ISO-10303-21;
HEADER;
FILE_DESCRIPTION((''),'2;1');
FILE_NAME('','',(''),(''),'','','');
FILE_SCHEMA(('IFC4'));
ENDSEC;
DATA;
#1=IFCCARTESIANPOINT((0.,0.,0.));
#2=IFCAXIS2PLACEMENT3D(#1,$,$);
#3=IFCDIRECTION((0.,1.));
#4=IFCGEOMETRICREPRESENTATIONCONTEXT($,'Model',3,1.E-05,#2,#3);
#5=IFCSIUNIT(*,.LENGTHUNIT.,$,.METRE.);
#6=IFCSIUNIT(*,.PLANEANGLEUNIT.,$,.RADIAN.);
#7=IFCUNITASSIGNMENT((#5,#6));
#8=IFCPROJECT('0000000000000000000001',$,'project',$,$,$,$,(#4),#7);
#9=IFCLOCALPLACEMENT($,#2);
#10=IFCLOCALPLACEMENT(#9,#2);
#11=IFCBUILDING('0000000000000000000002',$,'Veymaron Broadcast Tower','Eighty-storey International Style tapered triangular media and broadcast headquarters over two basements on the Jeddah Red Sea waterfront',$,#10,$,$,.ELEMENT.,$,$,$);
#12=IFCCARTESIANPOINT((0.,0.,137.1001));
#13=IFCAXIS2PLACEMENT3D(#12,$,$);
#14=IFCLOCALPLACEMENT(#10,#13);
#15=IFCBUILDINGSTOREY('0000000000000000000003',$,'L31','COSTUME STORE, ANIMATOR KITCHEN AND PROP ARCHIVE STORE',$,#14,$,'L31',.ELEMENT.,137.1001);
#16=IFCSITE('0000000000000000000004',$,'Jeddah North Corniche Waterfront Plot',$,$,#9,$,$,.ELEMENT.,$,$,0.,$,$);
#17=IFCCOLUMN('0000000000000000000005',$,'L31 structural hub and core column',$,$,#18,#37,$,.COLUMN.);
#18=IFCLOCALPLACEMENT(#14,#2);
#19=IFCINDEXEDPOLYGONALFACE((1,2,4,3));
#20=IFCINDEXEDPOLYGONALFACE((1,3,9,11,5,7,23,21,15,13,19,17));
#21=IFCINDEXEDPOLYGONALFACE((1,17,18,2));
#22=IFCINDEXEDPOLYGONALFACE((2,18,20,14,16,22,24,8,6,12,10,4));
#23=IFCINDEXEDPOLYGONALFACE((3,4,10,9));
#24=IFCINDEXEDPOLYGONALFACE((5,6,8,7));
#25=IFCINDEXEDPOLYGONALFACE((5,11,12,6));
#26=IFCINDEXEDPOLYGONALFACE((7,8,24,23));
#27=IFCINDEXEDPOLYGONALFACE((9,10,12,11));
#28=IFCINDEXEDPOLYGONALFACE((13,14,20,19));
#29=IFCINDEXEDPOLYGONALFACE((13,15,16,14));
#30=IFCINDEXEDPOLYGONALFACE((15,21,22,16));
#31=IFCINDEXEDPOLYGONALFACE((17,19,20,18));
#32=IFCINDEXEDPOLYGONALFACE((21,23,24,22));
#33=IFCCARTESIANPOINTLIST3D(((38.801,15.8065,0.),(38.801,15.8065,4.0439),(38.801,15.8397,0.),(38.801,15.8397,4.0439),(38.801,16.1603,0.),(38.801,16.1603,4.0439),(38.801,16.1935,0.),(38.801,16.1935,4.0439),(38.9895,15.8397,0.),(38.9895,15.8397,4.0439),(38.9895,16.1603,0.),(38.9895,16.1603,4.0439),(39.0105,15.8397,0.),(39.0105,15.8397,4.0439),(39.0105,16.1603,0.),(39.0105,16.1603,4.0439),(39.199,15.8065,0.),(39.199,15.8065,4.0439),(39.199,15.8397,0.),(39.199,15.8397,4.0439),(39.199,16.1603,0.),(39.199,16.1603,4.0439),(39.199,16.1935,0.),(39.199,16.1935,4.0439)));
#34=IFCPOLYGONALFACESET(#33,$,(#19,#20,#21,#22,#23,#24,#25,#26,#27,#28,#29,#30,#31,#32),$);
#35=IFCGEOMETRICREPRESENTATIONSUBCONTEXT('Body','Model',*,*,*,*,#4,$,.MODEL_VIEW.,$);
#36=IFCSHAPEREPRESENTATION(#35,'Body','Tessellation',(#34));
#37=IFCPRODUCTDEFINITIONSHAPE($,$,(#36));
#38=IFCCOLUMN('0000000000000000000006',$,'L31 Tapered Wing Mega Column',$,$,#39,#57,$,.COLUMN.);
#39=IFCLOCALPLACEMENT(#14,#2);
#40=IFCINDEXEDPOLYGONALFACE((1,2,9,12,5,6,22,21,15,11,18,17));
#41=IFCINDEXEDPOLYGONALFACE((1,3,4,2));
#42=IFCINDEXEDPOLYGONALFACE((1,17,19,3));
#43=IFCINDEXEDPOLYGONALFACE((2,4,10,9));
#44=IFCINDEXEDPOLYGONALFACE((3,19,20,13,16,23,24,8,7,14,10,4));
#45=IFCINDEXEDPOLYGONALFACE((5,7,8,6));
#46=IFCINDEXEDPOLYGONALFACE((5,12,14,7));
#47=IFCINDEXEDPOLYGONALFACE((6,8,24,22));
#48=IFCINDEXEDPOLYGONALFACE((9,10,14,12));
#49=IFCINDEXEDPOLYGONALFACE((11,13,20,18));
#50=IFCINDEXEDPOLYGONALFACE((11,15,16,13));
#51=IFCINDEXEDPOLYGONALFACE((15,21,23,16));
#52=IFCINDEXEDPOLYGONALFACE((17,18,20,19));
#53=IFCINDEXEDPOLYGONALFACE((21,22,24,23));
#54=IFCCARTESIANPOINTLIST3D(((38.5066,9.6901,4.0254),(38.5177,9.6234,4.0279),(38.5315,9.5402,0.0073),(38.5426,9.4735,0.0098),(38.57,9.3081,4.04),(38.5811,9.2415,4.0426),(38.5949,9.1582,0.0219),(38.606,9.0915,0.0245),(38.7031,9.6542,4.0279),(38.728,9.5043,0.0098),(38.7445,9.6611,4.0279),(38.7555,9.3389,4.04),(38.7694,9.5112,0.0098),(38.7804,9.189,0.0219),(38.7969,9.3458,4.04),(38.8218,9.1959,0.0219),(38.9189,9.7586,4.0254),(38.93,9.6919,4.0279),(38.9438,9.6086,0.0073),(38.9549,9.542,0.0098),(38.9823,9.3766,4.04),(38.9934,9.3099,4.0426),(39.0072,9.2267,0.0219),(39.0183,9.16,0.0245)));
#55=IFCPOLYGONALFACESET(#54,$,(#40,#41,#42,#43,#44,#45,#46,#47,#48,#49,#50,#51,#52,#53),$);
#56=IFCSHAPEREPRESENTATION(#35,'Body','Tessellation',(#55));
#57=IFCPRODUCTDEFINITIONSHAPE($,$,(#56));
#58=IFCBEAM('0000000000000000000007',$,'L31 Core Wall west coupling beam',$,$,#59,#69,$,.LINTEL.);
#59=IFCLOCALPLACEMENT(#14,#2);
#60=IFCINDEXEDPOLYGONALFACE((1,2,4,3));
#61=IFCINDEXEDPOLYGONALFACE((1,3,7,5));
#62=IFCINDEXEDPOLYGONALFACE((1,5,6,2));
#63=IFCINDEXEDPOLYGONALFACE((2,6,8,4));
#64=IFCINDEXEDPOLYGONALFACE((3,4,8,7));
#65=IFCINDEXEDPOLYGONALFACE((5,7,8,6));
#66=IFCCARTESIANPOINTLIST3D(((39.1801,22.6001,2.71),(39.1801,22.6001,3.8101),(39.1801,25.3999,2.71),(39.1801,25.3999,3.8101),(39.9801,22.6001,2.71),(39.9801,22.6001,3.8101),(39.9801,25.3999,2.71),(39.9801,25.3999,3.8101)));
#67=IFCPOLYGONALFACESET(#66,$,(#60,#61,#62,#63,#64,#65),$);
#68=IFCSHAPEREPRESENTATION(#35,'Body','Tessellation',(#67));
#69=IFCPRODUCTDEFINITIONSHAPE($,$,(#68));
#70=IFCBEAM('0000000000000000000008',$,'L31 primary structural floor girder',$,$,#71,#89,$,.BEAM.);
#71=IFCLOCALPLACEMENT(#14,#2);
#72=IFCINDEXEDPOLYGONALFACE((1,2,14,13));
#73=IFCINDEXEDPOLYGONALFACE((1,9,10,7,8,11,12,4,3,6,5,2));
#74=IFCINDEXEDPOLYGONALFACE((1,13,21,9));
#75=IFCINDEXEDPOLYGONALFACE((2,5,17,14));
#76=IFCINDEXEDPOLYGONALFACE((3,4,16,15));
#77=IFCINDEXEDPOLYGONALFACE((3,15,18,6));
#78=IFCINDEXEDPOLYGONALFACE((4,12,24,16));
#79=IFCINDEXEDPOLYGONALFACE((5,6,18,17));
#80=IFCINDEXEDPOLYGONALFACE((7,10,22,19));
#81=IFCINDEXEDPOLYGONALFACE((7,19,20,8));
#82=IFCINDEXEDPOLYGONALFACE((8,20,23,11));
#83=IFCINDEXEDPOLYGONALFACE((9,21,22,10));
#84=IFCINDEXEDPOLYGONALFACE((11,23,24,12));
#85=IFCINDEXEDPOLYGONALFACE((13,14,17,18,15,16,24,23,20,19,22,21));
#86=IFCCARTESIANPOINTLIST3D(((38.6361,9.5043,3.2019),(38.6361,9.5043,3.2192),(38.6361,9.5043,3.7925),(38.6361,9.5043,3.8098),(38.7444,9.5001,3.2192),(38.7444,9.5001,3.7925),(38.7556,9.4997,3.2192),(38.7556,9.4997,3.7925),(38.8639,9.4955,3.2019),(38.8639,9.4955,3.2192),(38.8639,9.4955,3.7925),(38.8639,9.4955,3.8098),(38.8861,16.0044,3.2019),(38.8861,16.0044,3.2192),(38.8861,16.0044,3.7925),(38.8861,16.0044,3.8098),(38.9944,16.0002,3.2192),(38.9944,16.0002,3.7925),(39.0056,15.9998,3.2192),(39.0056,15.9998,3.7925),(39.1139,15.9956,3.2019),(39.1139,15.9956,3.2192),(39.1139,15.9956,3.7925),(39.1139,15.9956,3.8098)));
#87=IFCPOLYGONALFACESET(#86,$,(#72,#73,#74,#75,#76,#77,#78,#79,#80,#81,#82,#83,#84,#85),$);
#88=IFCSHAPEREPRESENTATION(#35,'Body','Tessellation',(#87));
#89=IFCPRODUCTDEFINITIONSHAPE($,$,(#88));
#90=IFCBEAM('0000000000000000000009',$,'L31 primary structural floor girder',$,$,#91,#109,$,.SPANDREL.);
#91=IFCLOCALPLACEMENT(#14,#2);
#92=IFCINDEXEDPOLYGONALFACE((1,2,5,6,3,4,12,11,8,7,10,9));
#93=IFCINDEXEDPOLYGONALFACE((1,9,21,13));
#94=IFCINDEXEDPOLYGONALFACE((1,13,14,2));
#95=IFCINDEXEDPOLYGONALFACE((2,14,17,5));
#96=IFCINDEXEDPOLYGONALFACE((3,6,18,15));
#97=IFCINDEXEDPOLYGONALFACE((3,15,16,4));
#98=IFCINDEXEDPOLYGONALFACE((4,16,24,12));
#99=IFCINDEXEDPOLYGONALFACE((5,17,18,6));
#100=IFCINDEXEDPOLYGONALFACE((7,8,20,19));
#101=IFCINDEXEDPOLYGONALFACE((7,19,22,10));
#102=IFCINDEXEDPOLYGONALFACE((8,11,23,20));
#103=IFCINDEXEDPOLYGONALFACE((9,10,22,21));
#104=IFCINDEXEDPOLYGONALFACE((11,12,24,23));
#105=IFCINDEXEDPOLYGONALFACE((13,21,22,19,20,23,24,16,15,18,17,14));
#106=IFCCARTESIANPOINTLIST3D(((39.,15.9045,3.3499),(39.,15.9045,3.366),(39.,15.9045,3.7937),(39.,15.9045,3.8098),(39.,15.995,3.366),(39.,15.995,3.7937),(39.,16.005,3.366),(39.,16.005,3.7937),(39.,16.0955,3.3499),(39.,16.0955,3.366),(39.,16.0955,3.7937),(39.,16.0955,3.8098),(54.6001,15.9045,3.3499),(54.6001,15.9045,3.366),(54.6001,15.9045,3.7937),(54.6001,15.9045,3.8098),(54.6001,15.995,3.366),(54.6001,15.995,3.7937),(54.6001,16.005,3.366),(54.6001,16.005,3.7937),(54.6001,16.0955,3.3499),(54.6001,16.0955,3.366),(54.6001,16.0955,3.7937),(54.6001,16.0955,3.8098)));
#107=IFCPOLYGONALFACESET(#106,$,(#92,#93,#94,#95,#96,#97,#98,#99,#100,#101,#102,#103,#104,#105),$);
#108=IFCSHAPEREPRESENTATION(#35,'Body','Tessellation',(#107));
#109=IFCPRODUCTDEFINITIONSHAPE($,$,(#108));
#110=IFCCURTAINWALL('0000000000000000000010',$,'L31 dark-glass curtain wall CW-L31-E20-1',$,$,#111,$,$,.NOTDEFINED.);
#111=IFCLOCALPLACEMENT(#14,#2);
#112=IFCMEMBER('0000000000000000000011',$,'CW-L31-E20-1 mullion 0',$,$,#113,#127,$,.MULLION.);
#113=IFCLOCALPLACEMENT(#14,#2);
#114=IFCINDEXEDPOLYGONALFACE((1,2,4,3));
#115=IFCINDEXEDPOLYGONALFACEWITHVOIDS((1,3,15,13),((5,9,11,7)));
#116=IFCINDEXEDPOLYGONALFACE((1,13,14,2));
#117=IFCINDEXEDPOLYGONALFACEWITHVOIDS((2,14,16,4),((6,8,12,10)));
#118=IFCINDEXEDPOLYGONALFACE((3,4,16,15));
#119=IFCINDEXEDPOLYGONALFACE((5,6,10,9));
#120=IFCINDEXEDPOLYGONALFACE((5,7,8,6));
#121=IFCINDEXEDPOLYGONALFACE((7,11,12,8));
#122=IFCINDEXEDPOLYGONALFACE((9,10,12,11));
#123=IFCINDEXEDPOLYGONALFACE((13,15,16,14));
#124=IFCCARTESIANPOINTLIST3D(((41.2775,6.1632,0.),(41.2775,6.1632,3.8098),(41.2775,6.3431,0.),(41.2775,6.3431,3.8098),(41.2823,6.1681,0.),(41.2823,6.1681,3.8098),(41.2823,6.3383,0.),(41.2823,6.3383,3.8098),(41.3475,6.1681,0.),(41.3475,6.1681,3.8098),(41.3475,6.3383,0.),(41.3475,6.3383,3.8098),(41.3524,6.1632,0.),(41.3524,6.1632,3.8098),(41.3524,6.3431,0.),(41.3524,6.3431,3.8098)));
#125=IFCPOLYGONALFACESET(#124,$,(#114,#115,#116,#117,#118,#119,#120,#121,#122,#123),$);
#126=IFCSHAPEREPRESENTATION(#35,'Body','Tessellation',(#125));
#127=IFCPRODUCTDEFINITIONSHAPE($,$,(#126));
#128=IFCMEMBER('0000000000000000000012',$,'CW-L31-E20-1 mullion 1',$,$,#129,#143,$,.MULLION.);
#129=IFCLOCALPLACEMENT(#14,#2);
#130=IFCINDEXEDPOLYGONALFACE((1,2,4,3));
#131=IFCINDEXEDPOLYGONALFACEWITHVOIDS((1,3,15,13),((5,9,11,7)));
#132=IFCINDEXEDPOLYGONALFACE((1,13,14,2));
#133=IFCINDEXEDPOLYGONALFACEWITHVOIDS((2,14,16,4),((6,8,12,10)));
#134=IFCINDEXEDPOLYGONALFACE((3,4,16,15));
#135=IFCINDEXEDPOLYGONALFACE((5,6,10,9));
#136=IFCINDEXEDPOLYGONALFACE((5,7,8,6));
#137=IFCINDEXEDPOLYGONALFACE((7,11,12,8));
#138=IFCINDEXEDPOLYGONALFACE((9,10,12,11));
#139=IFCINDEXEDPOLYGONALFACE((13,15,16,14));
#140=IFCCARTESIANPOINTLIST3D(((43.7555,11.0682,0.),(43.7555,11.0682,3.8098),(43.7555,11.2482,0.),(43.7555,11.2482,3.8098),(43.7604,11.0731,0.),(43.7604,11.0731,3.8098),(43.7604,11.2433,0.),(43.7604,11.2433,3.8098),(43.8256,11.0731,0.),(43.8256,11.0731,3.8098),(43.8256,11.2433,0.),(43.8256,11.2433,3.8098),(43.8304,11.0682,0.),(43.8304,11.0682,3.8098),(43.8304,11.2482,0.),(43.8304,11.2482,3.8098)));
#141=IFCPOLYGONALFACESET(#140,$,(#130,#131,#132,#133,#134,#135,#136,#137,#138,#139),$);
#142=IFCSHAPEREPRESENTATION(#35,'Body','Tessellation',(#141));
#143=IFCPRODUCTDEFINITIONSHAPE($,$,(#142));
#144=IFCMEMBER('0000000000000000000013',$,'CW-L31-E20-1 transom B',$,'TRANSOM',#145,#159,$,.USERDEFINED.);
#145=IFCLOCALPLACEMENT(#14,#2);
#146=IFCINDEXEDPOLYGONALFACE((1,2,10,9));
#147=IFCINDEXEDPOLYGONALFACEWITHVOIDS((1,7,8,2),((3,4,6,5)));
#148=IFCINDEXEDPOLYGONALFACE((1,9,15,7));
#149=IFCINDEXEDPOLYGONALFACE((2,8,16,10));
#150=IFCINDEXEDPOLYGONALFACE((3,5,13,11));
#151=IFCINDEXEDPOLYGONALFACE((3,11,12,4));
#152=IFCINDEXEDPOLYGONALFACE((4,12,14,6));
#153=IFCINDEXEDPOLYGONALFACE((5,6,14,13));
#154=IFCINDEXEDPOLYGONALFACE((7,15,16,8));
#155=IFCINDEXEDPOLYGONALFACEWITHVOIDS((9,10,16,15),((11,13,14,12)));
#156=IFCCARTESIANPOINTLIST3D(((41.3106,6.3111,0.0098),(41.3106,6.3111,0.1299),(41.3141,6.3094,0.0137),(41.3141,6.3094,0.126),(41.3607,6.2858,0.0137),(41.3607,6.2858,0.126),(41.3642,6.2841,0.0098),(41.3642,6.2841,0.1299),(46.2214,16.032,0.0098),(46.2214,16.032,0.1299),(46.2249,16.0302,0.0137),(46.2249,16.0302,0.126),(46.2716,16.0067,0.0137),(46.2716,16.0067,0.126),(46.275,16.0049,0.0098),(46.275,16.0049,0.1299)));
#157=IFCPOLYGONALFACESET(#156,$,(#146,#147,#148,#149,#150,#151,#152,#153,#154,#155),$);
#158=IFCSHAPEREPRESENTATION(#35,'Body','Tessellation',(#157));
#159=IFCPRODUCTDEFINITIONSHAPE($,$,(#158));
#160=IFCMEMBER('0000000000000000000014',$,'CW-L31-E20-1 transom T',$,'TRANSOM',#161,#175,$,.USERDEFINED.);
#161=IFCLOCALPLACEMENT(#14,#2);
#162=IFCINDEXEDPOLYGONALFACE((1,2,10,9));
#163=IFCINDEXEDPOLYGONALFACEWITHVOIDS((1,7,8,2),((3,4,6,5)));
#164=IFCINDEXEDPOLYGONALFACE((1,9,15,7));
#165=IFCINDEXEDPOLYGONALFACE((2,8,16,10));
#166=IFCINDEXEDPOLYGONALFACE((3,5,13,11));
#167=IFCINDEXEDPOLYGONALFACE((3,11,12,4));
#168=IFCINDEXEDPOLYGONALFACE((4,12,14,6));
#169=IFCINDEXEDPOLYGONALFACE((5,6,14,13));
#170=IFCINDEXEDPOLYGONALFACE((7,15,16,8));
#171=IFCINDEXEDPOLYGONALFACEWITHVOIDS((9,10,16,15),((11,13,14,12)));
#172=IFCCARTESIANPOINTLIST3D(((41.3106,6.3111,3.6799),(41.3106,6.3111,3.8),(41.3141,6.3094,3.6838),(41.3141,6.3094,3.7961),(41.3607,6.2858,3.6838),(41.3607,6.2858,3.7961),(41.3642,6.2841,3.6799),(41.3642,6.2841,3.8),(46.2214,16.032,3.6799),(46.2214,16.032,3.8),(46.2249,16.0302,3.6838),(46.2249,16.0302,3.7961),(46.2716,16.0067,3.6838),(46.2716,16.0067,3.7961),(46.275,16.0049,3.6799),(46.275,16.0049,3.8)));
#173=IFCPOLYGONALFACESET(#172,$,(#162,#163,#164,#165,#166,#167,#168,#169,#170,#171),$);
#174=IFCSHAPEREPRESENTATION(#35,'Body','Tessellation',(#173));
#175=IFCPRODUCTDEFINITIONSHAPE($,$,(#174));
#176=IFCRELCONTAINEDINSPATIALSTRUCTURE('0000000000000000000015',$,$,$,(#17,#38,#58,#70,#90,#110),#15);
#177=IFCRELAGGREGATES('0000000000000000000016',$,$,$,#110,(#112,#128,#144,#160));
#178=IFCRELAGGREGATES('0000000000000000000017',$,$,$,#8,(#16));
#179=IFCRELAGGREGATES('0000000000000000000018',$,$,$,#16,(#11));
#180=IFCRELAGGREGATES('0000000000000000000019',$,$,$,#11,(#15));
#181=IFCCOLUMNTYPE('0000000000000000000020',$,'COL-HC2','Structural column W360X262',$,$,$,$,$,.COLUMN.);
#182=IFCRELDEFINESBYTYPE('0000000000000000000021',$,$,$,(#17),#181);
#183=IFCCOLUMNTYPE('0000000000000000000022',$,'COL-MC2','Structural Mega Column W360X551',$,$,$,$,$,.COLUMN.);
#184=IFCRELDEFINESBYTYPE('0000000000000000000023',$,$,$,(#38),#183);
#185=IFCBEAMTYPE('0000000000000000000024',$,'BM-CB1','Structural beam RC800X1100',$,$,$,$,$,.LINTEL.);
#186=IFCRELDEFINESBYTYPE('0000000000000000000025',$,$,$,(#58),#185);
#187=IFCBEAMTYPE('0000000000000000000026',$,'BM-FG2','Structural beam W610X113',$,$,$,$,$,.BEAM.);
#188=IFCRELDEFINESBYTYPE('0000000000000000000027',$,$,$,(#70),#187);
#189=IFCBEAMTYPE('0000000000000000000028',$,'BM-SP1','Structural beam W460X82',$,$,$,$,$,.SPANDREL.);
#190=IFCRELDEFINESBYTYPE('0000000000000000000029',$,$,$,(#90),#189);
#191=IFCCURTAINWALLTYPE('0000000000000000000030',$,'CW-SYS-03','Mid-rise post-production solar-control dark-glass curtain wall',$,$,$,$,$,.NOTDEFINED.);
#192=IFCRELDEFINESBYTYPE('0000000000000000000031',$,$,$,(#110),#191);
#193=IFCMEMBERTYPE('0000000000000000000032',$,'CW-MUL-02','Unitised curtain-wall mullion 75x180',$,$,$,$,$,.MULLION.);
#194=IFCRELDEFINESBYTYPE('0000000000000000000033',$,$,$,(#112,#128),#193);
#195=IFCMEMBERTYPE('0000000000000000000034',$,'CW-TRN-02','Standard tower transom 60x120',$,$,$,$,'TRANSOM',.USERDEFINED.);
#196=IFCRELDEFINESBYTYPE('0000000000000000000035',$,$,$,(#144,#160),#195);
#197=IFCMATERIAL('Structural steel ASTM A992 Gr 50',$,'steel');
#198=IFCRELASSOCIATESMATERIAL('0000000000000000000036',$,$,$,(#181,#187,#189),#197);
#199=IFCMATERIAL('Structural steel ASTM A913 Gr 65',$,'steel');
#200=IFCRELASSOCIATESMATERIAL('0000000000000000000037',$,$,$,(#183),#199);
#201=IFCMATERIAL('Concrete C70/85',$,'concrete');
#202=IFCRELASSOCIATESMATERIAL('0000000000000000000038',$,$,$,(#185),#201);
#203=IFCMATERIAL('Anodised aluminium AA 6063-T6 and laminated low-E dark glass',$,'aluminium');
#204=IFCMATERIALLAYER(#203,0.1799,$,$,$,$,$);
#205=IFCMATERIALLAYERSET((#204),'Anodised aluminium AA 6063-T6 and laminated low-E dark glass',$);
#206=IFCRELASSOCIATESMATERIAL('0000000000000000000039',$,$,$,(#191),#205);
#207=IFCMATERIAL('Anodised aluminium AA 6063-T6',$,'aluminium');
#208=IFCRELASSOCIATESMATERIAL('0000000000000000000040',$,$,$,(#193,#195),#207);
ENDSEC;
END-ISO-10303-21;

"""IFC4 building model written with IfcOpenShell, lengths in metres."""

from ifc_helpers import new_model, si_unit, direction, frame, origin, origin_2d, place, context, subcontext, project, spatial, rectangle, hollow_rectangle, i_section, extrude, material, layer, layer_set, material_profile, profile_set, type_object, element, aggregate, save


model = new_model("IFC4")

# Units and contexts
model_context = context("Model", 3, precision=1e-05, world=origin(), true_north=direction((0.0, 1.0)))
body_context = subcontext(model_context, "Body", "Model", "MODEL_VIEW")
ifc_project = project(units=[si_unit("LENGTHUNIT", "METRE"), si_unit("PLANEANGLEUNIT", "RADIAN")], contexts=[model_context])

# Site, building, storey
site_placement = place(None, origin())
site = spatial("IfcSite", under=ifc_project, at=site_placement, Name="Jeddah North Corniche Waterfront Plot", CompositionType="ELEMENT", RefElevation=0.0)
building_placement = place(site_placement, origin())
building = spatial("IfcBuilding", under=site, at=building_placement, Name="Veymaron Broadcast Tower", Description="Eighty-storey International Style tapered triangular media and broadcast headquarters over two basements on the Jeddah Red Sea waterfront", CompositionType="ELEMENT")
storey_placement = place(building_placement, frame((0.0, 0.0, 137.1001)))
storey = spatial("IfcBuildingStorey", under=building, at=storey_placement, Name="L31", Description="COSTUME STORE, ANIMATOR KITCHEN AND PROP ARCHIVE STORE", LongName="L31", CompositionType="ELEMENT", Elevation=137.1001)

# Columns
ifc_material_1 = material(Name="Structural steel ASTM A992 Gr 50", Category="steel")
ifc_material_profile_1 = material_profile(ifc_material_1, i_section(OverallWidth=0.3979, OverallDepth=0.387, WebThickness=0.021, FlangeThickness=0.0332, at=origin_2d()), Name="W360X262")
ifc_profile_set_1 = profile_set([ifc_material_profile_1], Name="Structural steel ASTM A992 Gr 50")
column_type_1 = type_object("IfcColumnType", Name="COL-HC2", Description="Structural column W360X262", PredefinedType="COLUMN", material=ifc_profile_set_1)
column_1_placement = place(storey_placement, frame((39.0, 16.0, 0.0), z_axis=(0.0, 0.0, 1.0), x_axis=(1.0, 0.0, 0.0)))
element("IfcColumn", 1, at=column_1_placement, inside=storey, type_object=column_type_1, Name="L31 structural hub and core column", PredefinedType="COLUMN", context=body_context, shape_type="SweptSolid", body=[
    extrude(i_section(OverallWidth=0.3979, OverallDepth=0.387, WebThickness=0.021, FlangeThickness=0.0332, at=origin_2d()), origin(), (0.0, 0.0, 1.0), 4.0439),
])
ifc_material_2 = material(Name="Structural steel ASTM A913 Gr 65", Category="steel")
ifc_material_profile_2 = material_profile(ifc_material_2, i_section(OverallWidth=0.418, OverallDepth=0.4551, WebThickness=0.042, FlangeThickness=0.0676, at=origin_2d()), Name="W360X551")
ifc_profile_set_2 = profile_set([ifc_material_profile_2], Name="Structural steel ASTM A913 Gr 65")
column_type_2 = type_object("IfcColumnType", Name="COL-MC2", Description="Structural Mega Column W360X551", PredefinedType="COLUMN", material=ifc_profile_set_2)
column_2_placement = place(storey_placement, frame((38.7749, 9.3501, 0.0159), z_axis=(-0.006193, 0.03728, 0.999286), x_axis=(-0.986481, -0.163878, 0.0)))
element("IfcColumn", 2, at=column_2_placement, inside=storey, type_object=column_type_2, Name="L31 Tapered Wing Mega Column", PredefinedType="COLUMN", context=body_context, shape_type="SweptSolid", body=[
    extrude(i_section(OverallWidth=0.418, OverallDepth=0.4551, WebThickness=0.042, FlangeThickness=0.0676, at=origin_2d()), origin(), (0.0, 0.0, 1.0), 4.021),
])

# Beams
ifc_material_3 = material(Name="Concrete C70/85", Category="concrete")
ifc_material_profile_3 = material_profile(ifc_material_3, rectangle(XDim=0.8, YDim=1.1001, at=origin_2d()), Name="RC800X1100")
ifc_profile_set_3 = profile_set([ifc_material_profile_3], Name="Concrete C70/85")
beam_type_1 = type_object("IfcBeamType", Name="BM-CB1", Description="Structural beam RC800X1100", PredefinedType="LINTEL", material=ifc_profile_set_3)
beam_1_placement = place(storey_placement, frame((39.5801, 22.6001, 3.26), z_axis=(0.0, 1.0, 0.0), x_axis=(-1.0, 0.0, 0.0)))
element("IfcBeam", 3, at=beam_1_placement, inside=storey, type_object=beam_type_1, Name="L31 Core Wall west coupling beam", PredefinedType="LINTEL", context=body_context, shape_type="SweptSolid", body=[
    extrude(rectangle(XDim=0.8, YDim=1.1001, at=origin_2d()), origin(), (0.0, 0.0, 1.0), 2.7998),
])
ifc_material_profile_4 = material_profile(ifc_material_1, i_section(OverallWidth=0.228, OverallDepth=0.6079, WebThickness=0.0112, FlangeThickness=0.0173, at=origin_2d()), Name="W610X113")
ifc_profile_set_4 = profile_set([ifc_material_profile_4], Name="Structural steel ASTM A992 Gr 50")
beam_type_2 = type_object("IfcBeamType", Name="BM-FG2", Description="Structural beam W610X113", PredefinedType="BEAM", material=ifc_profile_set_4)
beam_2_placement = place(storey_placement, frame((39.0, 16.0, 3.5059), z_axis=(-0.038433, -0.999261, 0.0), x_axis=(0.999261, -0.038433, 0.0)))
element("IfcBeam", 4, at=beam_2_placement, inside=storey, type_object=beam_type_2, Name="L31 primary structural floor girder", PredefinedType="BEAM", context=body_context, shape_type="SweptSolid", body=[
    extrude(i_section(OverallWidth=0.228, OverallDepth=0.6079, WebThickness=0.0112, FlangeThickness=0.0173, at=origin_2d()), origin(), (0.0, 0.0, 1.0), 6.5049),
])
ifc_material_profile_5 = material_profile(ifc_material_1, i_section(OverallWidth=0.1909, OverallDepth=0.46, WebThickness=0.01, FlangeThickness=0.0161, at=origin_2d()), Name="W460X82")
ifc_profile_set_5 = profile_set([ifc_material_profile_5], Name="Structural steel ASTM A992 Gr 50")
beam_type_3 = type_object("IfcBeamType", Name="BM-SP1", Description="Structural beam W460X82", PredefinedType="SPANDREL", material=ifc_profile_set_5)
beam_3_placement = place(storey_placement, frame((39.0, 16.0, 3.5798), z_axis=(1.0, 0.0, 0.0), x_axis=(0.0, 1.0, 0.0)))
element("IfcBeam", 5, at=beam_3_placement, inside=storey, type_object=beam_type_3, Name="L31 primary structural floor girder", PredefinedType="SPANDREL", context=body_context, shape_type="SweptSolid", body=[
    extrude(i_section(OverallWidth=0.1909, OverallDepth=0.46, WebThickness=0.01, FlangeThickness=0.0161, at=origin_2d()), origin(), (0.0, 0.0, 1.0), 15.6001),
])

# Curtain wall, members
ifc_material_4 = material(Name="Anodised aluminium AA 6063-T6 and laminated low-E dark glass", Category="aluminium")
ifc_layer_1 = layer(ifc_material_4, 0.1799)
ifc_layer_set_1 = layer_set([ifc_layer_1], Name="Anodised aluminium AA 6063-T6 and laminated low-E dark glass")
curtain_wall_type = type_object("IfcCurtainWallType", Name="CW-SYS-03", Description="Mid-rise post-production solar-control dark-glass curtain wall", PredefinedType="NOTDEFINED", material=ifc_layer_set_1)
curtain_wall_placement = place(storey_placement, origin())
curtain_wall = element("IfcCurtainWall", 6, at=curtain_wall_placement, inside=storey, type_object=curtain_wall_type, Name="L31 dark-glass curtain wall CW-L31-E20-1", PredefinedType="NOTDEFINED")
ifc_material_5 = material(Name="Anodised aluminium AA 6063-T6", Category="aluminium")
ifc_material_profile_6 = material_profile(ifc_material_5, hollow_rectangle(XDim=0.075, YDim=0.1799, WallThickness=0.0049, at=origin_2d()), Name="AL180X75X5")
ifc_profile_set_6 = profile_set([ifc_material_profile_6], Name="Anodised aluminium AA 6063-T6")
member_type_1 = type_object("IfcMemberType", Name="CW-MUL-02", Description="Unitised curtain-wall mullion 75x180", PredefinedType="MULLION", material=ifc_profile_set_6)
member_1_placement = place(storey_placement, frame((41.3149, 6.2532, 0.0), z_axis=(0.0, 0.0, 1.0), x_axis=(1.0, 0.0, 0.0)))
member_1 = element("IfcMember", 7, at=member_1_placement, type_object=member_type_1, Name="CW-L31-E20-1 mullion 0", PredefinedType="MULLION", context=body_context, shape_type="SweptSolid", body=[
    extrude(hollow_rectangle(XDim=0.075, YDim=0.1799, WallThickness=0.0049, at=origin_2d()), origin(), (0.0, 0.0, 1.0), 3.8098),
])
member_2_placement = place(storey_placement, frame((43.793, 11.1582, 0.0), z_axis=(0.0, 0.0, 1.0), x_axis=(1.0, 0.0, 0.0)))
member_2 = element("IfcMember", 8, at=member_2_placement, type_object=member_type_1, Name="CW-L31-E20-1 mullion 1", PredefinedType="MULLION", context=body_context, shape_type="SweptSolid", body=[
    extrude(hollow_rectangle(XDim=0.075, YDim=0.1799, WallThickness=0.0049, at=origin_2d()), origin(), (0.0, 0.0, 1.0), 3.8098),
])
ifc_material_profile_7 = material_profile(ifc_material_5, hollow_rectangle(XDim=0.0601, YDim=0.1201, WallThickness=0.0039, at=origin_2d()), Name="AL120X60X4")
ifc_profile_set_7 = profile_set([ifc_material_profile_7], Name="Anodised aluminium AA 6063-T6")
member_type_2 = type_object("IfcMemberType", Name="CW-TRN-02", Description="Standard tower transom 60x120", ElementType="TRANSOM", PredefinedType="USERDEFINED", material=ifc_profile_set_7)
member_3_placement = place(storey_placement, frame((41.3374, 6.2976, 0.0698), z_axis=(0.450913, 0.892568, 0.0), x_axis=(-0.892568, 0.450913, 0.0)))
member_3 = element("IfcMember", 9, at=member_3_placement, type_object=member_type_2, Name="CW-L31-E20-1 transom B", ObjectType="TRANSOM", PredefinedType="USERDEFINED", context=body_context, shape_type="SweptSolid", body=[
    extrude(hollow_rectangle(XDim=0.0601, YDim=0.1201, WallThickness=0.0039, at=origin_2d()), origin(), (0.0, 0.0, 1.0), 10.8909),
])
member_4_placement = place(storey_placement, frame((41.3374, 6.2976, 3.74), z_axis=(0.450913, 0.892568, 0.0), x_axis=(-0.892568, 0.450913, 0.0)))
member_4 = element("IfcMember", 10, at=member_4_placement, type_object=member_type_2, Name="CW-L31-E20-1 transom T", ObjectType="TRANSOM", PredefinedType="USERDEFINED", context=body_context, shape_type="SweptSolid", body=[
    extrude(hollow_rectangle(XDim=0.0601, YDim=0.1201, WallThickness=0.0039, at=origin_2d()), origin(), (0.0, 0.0, 1.0), 10.8909),
])
aggregate(curtain_wall, [member_1, member_2, member_3, member_4])

save(model, "model.ifc")
